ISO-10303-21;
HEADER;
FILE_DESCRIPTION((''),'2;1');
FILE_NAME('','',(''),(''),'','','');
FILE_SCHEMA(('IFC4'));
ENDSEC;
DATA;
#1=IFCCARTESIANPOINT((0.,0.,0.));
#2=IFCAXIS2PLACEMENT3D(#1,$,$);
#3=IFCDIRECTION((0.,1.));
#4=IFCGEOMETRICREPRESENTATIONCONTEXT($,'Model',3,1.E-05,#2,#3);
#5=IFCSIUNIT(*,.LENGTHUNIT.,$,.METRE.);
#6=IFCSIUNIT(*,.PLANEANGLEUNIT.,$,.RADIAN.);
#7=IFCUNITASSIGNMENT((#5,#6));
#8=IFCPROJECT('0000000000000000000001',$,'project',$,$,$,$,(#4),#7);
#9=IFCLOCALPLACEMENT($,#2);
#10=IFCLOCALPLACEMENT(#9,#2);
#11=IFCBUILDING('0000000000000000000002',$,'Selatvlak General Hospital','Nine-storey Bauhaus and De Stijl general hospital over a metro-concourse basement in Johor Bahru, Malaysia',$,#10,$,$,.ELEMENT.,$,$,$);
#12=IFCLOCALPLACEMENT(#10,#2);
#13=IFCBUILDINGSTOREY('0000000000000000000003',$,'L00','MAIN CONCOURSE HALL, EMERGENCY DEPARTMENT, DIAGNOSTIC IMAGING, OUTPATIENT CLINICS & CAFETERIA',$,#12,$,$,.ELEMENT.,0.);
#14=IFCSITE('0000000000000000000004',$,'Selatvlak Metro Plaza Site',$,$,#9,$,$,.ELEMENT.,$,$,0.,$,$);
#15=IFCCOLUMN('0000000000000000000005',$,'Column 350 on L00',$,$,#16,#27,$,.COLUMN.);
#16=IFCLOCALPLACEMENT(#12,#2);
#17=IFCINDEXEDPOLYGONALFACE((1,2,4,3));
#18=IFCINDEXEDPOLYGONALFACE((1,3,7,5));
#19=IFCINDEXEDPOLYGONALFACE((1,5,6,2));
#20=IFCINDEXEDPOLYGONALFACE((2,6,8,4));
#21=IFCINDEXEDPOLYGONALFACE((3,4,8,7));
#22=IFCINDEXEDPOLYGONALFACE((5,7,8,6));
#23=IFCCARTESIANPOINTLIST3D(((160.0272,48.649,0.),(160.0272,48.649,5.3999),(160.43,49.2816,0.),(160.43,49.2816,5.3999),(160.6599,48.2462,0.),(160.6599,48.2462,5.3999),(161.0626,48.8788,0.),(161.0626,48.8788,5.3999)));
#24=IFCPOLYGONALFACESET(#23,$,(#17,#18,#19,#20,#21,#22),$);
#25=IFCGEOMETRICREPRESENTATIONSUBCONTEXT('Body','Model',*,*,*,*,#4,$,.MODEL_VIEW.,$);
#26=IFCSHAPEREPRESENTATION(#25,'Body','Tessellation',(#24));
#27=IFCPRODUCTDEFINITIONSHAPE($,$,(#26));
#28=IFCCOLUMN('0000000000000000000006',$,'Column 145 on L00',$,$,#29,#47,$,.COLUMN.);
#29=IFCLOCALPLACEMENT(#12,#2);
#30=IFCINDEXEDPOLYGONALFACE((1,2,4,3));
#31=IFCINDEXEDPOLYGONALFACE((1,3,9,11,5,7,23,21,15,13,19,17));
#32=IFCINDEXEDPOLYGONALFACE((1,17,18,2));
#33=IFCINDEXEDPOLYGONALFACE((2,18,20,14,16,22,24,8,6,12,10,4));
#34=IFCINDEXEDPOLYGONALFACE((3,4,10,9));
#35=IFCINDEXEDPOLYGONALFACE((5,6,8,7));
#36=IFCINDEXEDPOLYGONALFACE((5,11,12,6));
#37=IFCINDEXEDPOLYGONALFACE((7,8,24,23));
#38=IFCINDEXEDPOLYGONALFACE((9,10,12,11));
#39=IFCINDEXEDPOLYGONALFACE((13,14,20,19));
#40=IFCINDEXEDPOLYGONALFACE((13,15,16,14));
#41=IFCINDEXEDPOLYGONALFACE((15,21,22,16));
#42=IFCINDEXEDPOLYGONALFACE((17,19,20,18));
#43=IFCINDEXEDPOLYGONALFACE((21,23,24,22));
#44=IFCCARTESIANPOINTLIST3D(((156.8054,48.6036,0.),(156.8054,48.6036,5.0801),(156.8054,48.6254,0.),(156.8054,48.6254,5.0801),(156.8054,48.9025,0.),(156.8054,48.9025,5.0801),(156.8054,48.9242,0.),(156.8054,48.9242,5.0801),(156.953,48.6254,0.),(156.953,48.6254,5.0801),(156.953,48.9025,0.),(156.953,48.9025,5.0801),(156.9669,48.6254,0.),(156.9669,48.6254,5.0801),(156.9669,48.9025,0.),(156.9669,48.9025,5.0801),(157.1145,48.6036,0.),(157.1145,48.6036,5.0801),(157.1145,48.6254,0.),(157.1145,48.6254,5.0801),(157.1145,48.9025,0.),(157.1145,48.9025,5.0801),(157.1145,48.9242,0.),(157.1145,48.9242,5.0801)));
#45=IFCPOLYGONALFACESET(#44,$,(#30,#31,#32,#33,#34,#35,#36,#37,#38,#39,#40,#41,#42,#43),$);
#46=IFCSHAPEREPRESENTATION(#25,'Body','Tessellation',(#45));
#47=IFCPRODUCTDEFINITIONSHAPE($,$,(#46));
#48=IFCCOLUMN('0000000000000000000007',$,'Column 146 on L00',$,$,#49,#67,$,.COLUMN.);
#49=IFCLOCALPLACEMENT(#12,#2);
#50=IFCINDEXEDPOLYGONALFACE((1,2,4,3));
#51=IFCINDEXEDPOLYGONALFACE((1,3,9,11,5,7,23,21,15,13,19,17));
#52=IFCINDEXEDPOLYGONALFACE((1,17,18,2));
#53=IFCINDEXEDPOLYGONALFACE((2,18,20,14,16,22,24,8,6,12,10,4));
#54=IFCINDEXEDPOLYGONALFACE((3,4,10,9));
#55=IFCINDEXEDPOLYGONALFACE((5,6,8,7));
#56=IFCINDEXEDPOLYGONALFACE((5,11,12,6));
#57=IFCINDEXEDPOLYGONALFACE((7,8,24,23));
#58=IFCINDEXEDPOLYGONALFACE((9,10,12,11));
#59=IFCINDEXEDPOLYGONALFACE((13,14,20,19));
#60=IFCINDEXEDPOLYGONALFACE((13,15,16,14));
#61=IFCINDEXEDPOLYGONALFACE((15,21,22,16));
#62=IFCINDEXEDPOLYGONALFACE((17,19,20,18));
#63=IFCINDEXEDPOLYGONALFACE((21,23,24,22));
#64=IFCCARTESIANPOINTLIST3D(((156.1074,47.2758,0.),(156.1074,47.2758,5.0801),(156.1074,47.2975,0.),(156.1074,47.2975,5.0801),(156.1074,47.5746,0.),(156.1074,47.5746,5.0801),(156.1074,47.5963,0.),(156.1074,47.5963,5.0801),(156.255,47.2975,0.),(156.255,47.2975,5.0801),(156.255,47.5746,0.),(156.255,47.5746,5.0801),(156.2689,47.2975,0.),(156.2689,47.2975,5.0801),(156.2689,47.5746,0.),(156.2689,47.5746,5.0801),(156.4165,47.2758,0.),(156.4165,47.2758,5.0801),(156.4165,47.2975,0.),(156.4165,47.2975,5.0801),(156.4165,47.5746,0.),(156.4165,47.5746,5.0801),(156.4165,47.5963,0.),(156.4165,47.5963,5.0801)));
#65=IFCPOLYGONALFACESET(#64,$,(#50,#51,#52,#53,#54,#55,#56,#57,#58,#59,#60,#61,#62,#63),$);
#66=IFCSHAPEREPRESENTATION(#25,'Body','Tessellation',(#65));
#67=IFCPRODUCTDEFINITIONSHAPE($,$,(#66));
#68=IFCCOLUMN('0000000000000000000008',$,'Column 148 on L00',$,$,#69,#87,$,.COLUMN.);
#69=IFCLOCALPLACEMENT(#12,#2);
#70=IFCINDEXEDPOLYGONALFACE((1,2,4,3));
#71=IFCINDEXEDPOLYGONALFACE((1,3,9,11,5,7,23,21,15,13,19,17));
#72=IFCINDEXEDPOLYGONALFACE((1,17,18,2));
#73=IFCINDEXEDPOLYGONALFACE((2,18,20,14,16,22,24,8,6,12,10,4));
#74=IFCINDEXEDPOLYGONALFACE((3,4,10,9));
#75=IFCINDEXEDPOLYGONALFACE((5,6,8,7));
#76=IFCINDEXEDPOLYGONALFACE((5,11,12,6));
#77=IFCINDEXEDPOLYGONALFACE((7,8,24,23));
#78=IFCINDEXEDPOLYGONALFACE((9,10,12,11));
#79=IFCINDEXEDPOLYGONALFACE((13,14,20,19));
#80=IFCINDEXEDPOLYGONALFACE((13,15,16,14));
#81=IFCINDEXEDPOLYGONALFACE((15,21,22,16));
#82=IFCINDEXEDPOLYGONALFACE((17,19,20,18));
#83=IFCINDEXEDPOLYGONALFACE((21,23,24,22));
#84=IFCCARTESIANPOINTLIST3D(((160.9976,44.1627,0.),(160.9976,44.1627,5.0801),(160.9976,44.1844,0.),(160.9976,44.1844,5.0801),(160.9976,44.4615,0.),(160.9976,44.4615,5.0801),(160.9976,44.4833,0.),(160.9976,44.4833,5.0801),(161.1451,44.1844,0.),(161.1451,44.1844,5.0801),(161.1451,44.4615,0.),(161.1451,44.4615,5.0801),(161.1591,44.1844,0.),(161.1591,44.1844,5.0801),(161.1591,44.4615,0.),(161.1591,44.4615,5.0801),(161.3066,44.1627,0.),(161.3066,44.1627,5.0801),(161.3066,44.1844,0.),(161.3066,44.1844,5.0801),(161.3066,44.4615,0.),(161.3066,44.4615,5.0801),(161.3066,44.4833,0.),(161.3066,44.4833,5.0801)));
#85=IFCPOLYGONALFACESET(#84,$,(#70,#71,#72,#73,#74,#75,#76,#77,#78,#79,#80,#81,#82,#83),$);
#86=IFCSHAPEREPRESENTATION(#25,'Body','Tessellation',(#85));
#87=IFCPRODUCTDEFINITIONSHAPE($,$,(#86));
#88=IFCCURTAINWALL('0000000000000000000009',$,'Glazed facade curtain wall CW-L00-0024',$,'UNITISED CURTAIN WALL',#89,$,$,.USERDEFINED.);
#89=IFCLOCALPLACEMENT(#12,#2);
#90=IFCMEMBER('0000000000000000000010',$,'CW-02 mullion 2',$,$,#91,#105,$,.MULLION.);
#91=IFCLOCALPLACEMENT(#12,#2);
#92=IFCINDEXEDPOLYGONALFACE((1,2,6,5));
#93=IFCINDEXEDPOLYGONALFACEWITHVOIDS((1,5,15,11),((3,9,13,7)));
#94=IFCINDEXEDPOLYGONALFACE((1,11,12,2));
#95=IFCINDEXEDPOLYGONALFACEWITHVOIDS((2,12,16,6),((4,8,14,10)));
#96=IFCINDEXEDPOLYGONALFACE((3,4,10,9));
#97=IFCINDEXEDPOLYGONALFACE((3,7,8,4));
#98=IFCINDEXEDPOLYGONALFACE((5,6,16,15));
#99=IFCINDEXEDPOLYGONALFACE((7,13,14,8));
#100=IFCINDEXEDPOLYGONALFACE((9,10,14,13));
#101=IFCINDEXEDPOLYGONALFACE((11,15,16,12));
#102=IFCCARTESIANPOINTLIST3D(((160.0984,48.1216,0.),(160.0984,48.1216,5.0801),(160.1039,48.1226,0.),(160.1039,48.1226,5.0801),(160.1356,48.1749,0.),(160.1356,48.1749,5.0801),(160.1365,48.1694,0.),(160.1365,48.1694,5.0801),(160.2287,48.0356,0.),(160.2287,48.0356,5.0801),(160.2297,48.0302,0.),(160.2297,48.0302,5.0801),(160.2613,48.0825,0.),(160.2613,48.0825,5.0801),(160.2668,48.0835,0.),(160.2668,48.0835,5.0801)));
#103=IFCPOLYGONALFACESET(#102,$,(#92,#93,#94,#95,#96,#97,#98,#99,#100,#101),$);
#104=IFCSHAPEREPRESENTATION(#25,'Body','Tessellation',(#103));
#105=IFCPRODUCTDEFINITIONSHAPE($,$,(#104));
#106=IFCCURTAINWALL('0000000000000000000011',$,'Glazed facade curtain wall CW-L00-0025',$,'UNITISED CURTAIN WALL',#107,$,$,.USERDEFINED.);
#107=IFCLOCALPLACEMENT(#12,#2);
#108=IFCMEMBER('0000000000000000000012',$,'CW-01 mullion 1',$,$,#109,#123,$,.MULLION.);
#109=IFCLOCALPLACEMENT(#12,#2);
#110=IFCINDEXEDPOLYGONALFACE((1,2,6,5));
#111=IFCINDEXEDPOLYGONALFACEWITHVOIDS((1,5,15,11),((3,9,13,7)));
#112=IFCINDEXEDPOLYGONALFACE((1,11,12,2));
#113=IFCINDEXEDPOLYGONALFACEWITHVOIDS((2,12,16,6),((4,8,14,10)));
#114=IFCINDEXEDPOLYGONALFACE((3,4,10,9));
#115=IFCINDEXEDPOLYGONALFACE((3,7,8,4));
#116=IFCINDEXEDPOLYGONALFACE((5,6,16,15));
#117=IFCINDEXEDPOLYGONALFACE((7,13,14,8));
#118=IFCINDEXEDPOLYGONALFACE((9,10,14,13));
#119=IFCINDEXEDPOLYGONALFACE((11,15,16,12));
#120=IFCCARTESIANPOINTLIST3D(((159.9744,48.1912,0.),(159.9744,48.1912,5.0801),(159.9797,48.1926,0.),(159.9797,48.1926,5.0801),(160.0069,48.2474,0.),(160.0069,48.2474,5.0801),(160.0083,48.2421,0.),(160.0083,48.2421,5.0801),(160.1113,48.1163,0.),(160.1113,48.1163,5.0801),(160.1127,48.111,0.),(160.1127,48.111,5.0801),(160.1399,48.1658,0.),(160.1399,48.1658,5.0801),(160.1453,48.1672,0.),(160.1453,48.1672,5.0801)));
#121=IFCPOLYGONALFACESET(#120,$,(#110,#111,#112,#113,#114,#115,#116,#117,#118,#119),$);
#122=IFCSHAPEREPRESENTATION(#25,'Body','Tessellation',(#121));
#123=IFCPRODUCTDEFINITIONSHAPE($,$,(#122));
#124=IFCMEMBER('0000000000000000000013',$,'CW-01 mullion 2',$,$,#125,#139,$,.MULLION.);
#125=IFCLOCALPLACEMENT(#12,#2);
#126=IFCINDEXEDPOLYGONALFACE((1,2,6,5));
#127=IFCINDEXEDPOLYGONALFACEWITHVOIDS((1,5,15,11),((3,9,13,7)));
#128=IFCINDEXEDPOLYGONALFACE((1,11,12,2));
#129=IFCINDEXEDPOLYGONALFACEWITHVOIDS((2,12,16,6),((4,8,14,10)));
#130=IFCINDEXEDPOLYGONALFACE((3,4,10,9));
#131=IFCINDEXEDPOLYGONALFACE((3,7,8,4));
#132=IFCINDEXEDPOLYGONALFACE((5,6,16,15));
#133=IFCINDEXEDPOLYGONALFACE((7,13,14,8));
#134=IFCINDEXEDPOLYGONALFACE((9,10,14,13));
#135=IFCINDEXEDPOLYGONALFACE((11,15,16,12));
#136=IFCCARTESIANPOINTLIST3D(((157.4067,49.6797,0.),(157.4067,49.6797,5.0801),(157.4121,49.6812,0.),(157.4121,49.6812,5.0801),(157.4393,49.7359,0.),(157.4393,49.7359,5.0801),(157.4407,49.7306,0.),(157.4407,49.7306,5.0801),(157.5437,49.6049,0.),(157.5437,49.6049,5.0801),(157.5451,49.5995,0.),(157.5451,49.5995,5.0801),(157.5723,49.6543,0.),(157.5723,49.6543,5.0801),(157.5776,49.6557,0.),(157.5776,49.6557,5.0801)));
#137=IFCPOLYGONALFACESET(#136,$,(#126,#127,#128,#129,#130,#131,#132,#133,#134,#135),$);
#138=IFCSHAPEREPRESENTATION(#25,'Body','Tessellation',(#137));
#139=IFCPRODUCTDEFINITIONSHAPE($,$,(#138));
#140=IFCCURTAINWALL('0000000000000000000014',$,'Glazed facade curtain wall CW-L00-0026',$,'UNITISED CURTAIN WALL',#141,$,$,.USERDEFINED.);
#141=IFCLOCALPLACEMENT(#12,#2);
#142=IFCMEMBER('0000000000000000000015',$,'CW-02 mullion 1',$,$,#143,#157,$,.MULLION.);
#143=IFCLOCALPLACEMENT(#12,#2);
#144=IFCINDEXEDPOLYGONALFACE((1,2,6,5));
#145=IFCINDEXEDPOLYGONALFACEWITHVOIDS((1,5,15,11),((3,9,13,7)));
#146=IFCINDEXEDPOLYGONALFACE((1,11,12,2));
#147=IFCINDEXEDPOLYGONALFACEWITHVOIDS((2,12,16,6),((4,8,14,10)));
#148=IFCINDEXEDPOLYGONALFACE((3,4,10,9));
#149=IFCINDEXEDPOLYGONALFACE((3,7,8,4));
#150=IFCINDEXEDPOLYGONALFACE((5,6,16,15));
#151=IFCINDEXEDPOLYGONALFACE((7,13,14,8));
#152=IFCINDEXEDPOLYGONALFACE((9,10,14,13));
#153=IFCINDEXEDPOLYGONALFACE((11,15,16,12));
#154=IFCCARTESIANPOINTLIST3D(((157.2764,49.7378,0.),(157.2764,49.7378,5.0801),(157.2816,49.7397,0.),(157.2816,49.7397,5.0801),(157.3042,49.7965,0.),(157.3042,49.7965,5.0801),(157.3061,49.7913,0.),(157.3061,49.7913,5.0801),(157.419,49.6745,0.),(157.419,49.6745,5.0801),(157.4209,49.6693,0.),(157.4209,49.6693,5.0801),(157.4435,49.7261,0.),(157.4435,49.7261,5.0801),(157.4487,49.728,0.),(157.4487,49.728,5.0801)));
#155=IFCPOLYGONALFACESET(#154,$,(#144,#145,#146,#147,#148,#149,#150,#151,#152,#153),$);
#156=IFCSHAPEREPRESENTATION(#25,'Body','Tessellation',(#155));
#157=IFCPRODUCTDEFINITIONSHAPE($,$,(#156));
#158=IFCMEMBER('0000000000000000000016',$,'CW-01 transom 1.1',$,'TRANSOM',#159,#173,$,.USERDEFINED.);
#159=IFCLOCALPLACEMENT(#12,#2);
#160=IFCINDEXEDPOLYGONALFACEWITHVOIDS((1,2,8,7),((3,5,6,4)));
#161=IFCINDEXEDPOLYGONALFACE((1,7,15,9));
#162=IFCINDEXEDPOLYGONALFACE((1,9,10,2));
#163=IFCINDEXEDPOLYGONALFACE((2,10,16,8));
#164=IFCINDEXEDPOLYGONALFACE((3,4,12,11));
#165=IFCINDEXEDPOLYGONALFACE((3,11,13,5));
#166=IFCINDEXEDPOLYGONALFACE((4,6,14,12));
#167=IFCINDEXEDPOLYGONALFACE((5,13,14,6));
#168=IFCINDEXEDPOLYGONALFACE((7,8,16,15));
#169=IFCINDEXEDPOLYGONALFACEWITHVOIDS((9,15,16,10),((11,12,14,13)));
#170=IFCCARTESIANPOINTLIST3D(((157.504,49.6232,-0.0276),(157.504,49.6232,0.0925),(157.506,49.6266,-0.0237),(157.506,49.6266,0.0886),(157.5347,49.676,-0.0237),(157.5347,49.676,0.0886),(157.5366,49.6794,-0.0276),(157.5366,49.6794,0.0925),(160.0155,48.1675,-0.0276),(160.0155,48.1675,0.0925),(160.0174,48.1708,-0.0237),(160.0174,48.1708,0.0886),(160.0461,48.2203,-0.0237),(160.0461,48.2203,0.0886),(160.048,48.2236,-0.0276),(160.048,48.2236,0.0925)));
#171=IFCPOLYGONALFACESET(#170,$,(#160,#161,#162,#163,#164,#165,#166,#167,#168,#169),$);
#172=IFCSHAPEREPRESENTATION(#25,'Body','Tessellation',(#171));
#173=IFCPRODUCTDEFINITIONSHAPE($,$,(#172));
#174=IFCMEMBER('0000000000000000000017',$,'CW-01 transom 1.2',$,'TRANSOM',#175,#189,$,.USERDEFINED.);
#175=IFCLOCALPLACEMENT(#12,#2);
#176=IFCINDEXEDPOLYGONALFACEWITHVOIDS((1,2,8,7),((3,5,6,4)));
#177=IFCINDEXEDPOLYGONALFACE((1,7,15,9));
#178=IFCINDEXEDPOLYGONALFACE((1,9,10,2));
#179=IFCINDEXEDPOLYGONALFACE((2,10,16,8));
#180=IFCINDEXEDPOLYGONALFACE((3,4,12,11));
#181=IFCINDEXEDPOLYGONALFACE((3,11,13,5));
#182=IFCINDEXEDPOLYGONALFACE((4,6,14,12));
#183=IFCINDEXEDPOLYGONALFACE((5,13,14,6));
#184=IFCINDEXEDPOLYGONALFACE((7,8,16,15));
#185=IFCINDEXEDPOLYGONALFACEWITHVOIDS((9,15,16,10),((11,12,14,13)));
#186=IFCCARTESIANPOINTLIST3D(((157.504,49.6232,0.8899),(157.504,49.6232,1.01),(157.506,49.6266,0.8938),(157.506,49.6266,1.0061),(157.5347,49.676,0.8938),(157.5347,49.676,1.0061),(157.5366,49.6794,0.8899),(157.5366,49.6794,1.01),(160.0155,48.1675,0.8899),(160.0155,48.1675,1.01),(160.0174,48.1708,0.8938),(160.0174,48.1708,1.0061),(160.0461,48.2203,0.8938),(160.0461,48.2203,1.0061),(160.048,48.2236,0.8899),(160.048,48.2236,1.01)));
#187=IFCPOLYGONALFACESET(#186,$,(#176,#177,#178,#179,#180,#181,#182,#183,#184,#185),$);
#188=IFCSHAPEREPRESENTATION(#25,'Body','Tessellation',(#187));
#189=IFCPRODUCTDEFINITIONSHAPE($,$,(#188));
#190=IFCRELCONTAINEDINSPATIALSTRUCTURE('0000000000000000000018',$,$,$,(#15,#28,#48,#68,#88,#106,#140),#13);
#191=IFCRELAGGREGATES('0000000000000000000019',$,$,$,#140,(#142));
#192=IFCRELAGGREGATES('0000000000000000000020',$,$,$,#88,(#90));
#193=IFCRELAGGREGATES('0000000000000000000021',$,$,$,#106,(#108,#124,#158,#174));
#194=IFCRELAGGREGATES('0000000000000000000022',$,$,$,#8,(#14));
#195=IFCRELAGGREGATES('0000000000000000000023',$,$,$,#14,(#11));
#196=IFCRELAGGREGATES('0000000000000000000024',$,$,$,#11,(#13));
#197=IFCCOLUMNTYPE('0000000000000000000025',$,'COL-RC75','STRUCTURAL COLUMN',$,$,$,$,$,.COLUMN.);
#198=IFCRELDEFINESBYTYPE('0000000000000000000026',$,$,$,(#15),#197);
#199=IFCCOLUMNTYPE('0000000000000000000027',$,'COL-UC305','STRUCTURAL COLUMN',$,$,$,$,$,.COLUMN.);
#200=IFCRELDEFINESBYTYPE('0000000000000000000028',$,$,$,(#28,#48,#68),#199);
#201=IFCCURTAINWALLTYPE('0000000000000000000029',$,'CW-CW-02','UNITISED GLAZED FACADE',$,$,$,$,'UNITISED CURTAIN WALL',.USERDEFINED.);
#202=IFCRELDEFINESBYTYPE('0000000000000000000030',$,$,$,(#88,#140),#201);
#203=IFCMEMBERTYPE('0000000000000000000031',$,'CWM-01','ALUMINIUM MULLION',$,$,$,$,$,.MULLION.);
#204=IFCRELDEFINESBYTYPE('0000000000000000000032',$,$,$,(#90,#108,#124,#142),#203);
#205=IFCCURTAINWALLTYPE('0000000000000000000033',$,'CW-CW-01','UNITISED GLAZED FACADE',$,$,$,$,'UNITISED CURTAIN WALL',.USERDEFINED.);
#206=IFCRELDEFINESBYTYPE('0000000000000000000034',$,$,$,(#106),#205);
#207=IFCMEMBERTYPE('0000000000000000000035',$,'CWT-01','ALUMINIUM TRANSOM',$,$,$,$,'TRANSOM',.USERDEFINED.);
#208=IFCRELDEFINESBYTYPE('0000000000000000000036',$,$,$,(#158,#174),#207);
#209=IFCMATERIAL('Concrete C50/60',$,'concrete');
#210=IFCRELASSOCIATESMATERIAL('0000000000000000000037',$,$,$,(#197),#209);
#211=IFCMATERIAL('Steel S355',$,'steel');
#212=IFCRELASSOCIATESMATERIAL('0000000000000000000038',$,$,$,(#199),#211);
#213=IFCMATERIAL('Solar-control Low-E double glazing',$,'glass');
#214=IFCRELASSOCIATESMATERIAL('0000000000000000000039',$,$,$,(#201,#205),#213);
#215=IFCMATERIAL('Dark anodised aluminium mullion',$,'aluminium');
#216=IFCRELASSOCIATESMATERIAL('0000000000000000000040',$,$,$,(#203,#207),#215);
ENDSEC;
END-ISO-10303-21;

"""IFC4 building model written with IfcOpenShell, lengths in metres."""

from ifc_helpers import new_model, si_unit, direction, frame, origin, origin_2d, place, context, subcontext, project, spatial, rectangle, hollow_rectangle, i_section, extrude, material, material_profile, profile_set, type_object, element, aggregate, save


model = new_model("IFC4")

# Units and contexts
model_context = context("Model", 3, precision=1e-05, world=origin(), true_north=direction((0.0, 1.0)))
body_context = subcontext(model_context, "Body", "Model", "MODEL_VIEW")
ifc_project = project(units=[si_unit("LENGTHUNIT", "METRE"), si_unit("PLANEANGLEUNIT", "RADIAN")], contexts=[model_context])

# Site, building, storey
site_placement = place(None, origin())
site = spatial("IfcSite", under=ifc_project, at=site_placement, Name="Selatvlak Metro Plaza Site", CompositionType="ELEMENT", RefElevation=0.0)
building_placement = place(site_placement, origin())
building = spatial("IfcBuilding", under=site, at=building_placement, Name="Selatvlak General Hospital", Description="Nine-storey Bauhaus and De Stijl general hospital over a metro-concourse basement in Johor Bahru, Malaysia", CompositionType="ELEMENT")
storey_placement = place(building_placement, origin())
storey = spatial("IfcBuildingStorey", under=building, at=storey_placement, Name="L00", Description="MAIN CONCOURSE HALL, EMERGENCY DEPARTMENT, DIAGNOSTIC IMAGING, OUTPATIENT CLINICS & CAFETERIA", CompositionType="ELEMENT", Elevation=0.0)

# Columns
ifc_material_1 = material(Name="Concrete C50/60", Category="concrete")
ifc_material_profile_1 = material_profile(ifc_material_1, rectangle(XDim=0.75, YDim=0.75, at=origin_2d()), Name="RC-COL 750x750")
ifc_profile_set_1 = profile_set([ifc_material_profile_1], Name="Concrete C50/60")
column_type_1 = type_object("IfcColumnType", Name="COL-RC75", Description="STRUCTURAL COLUMN", PredefinedType="COLUMN", material=ifc_profile_set_1)
column_placement = place(storey_placement, frame((160.5449, 48.7639, 0.0), z_axis=(0.0, 0.0, 1.0), x_axis=(0.537064, 0.843541, 0.0)))
element("IfcColumn", 1, at=column_placement, inside=storey, type_object=column_type_1, Name="Column 350 on L00", PredefinedType="COLUMN", context=body_context, shape_type="SweptSolid", body=[
    extrude(rectangle(XDim=0.75, YDim=0.75, at=origin_2d()), origin(), (0.0, 0.0, 1.0), 5.3999),
])
ifc_material_2 = material(Name="Steel S355", Category="steel")
ifc_material_profile_2 = material_profile(ifc_material_2, i_section(OverallWidth=0.3091, OverallDepth=0.3206, WebThickness=0.0139, FlangeThickness=0.0217, at=origin_2d()), Name="UC 305x305x137")
ifc_profile_set_2 = profile_set([ifc_material_profile_2], Name="Steel S355")
column_type_2 = type_object("IfcColumnType", Name="COL-UC305", Description="STRUCTURAL COLUMN", PredefinedType="COLUMN", material=ifc_profile_set_2)
for number, where, z_axis, x_axis, name in (
    (2, (156.96, 48.7639, 0.0), (0.0, 0.0, 1.0), (1.0, 0.0, 0.0), "Column 145 on L00"),
    (3, (156.262, 47.436, 0.0), (0.0, 0.0, 1.0), (1.0, 0.0, 0.0), "Column 146 on L00"),
    (4, (161.1521, 44.323, 0.0), (0.0, 0.0, 1.0), (1.0, 0.0, 0.0), "Column 148 on L00"),
):
    element("IfcColumn", number, at=place(storey_placement, frame(where, z_axis=z_axis, x_axis=x_axis)), inside=storey, type_object=column_type_2, Name=name, PredefinedType="COLUMN", context=body_context, shape_type="SweptSolid", body=[
        extrude(i_section(OverallWidth=0.3091, OverallDepth=0.3206, WebThickness=0.0139, FlangeThickness=0.0217, at=origin_2d()), origin(), (0.0, 0.0, 1.0), 5.0801),
    ])

# Curtain wall, member
ifc_material_3 = material(Name="Solar-control Low-E double glazing", Category="glass")
curtain_wall_type_1 = type_object("IfcCurtainWallType", Name="CW-CW-02", Description="UNITISED GLAZED FACADE", ElementType="UNITISED CURTAIN WALL", PredefinedType="USERDEFINED", material=ifc_material_3)
curtain_wall_1_placement = place(storey_placement, origin())
curtain_wall_1 = element("IfcCurtainWall", 5, at=curtain_wall_1_placement, inside=storey, type_object=curtain_wall_type_1, Name="Glazed facade curtain wall CW-L00-0024", ObjectType="UNITISED CURTAIN WALL", PredefinedType="USERDEFINED")
ifc_material_4 = material(Name="Dark anodised aluminium mullion", Category="aluminium")
ifc_material_profile_3 = material_profile(ifc_material_4, hollow_rectangle(XDim=0.0649, YDim=0.1599, WallThickness=0.0039, at=origin_2d()), Name="AL-MUL 65x160x4")
ifc_profile_set_3 = profile_set([ifc_material_profile_3], Name="Dark anodised aluminium mullion")
member_type_1 = type_object("IfcMemberType", Name="CWM-01", Description="ALUMINIUM MULLION", PredefinedType="MULLION", material=ifc_profile_set_3)
member_1_placement = place(storey_placement, frame((160.1826, 48.1025, 0.0), z_axis=(0.0, 0.0, 1.0), x_axis=(-0.571435, -0.820647, 0.0)))
member_1 = element("IfcMember", 6, at=member_1_placement, type_object=member_type_1, Name="CW-02 mullion 2", PredefinedType="MULLION", context=body_context, shape_type="SweptSolid", body=[
    extrude(hollow_rectangle(XDim=0.0649, YDim=0.1599, WallThickness=0.0039, at=origin_2d()), origin(), (0.0, 0.0, 1.0), 5.0801),
])

# Curtain wall, members
curtain_wall_type_2 = type_object("IfcCurtainWallType", Name="CW-CW-01", Description="UNITISED GLAZED FACADE", ElementType="UNITISED CURTAIN WALL", PredefinedType="USERDEFINED", material=ifc_material_3)
curtain_wall_2_placement = place(storey_placement, origin())
curtain_wall_2 = element("IfcCurtainWall", 7, at=curtain_wall_2_placement, inside=storey, type_object=curtain_wall_type_2, Name="Glazed facade curtain wall CW-L00-0025", ObjectType="UNITISED CURTAIN WALL", PredefinedType="USERDEFINED")
member_2_placement = place(storey_placement, frame((160.0598, 48.1792, 0.0), z_axis=(0.0, 0.0, 1.0), x_axis=(-0.501491, -0.865163, 0.0)))
member_2 = element("IfcMember", 8, at=member_2_placement, type_object=member_type_1, Name="CW-01 mullion 1", PredefinedType="MULLION", context=body_context, shape_type="SweptSolid", body=[
    extrude(hollow_rectangle(XDim=0.0649, YDim=0.1599, WallThickness=0.0039, at=origin_2d()), origin(), (0.0, 0.0, 1.0), 5.0801),
])
member_3_placement = place(storey_placement, frame((157.4922, 49.6677, 0.0), z_axis=(0.0, 0.0, 1.0), x_axis=(-0.501491, -0.865163, 0.0)))
member_3 = element("IfcMember", 9, at=member_3_placement, type_object=member_type_1, Name="CW-01 mullion 2", PredefinedType="MULLION", context=body_context, shape_type="SweptSolid", body=[
    extrude(hollow_rectangle(XDim=0.0649, YDim=0.1599, WallThickness=0.0039, at=origin_2d()), origin(), (0.0, 0.0, 1.0), 5.0801),
])

# Curtain wall, member
curtain_wall_3_placement = place(storey_placement, origin())
curtain_wall_3 = element("IfcCurtainWall", 10, at=curtain_wall_3_placement, inside=storey, type_object=curtain_wall_type_1, Name="Glazed facade curtain wall CW-L00-0026", ObjectType="UNITISED CURTAIN WALL", PredefinedType="USERDEFINED")
member_4_placement = place(storey_placement, frame((157.3625, 49.7329, 0.0), z_axis=(0.0, 0.0, 1.0), x_axis=(-0.428526, -0.90353, 0.0)))
member_4 = element("IfcMember", 11, at=member_4_placement, type_object=member_type_1, Name="CW-02 mullion 1", PredefinedType="MULLION", context=body_context, shape_type="SweptSolid", body=[
    extrude(hollow_rectangle(XDim=0.0649, YDim=0.1599, WallThickness=0.0039, at=origin_2d()), origin(), (0.0, 0.0, 1.0), 5.0801),
])

# Members
ifc_material_profile_4 = material_profile(ifc_material_4, hollow_rectangle(XDim=0.0649, YDim=0.1201, WallThickness=0.0039, at=origin_2d()), Name="AL-TRN 65x120x4")
ifc_profile_set_4 = profile_set([ifc_material_profile_4], Name="Dark anodised aluminium mullion")
member_type_2 = type_object("IfcMemberType", Name="CWT-01", Description="ALUMINIUM TRANSOM", ElementType="TRANSOM", PredefinedType="USERDEFINED", material=ifc_profile_set_4)
member_5_placement = place(storey_placement, frame((160.0317, 48.1956, 0.0325), z_axis=(-0.865157, 0.5015, 0.0), x_axis=(-0.5015, -0.865157, 0.0)))
member_5 = element("IfcMember", 12, at=member_5_placement, type_object=member_type_2, Name="CW-01 transom 1.1", ObjectType="TRANSOM", PredefinedType="USERDEFINED", context=body_context, shape_type="SweptSolid", body=[
    extrude(hollow_rectangle(XDim=0.0649, YDim=0.1201, WallThickness=0.0039, at=origin_2d()), origin(), (0.0, 0.0, 1.0), 2.9028),
])
member_6_placement = place(storey_placement, frame((160.0317, 48.1956, 0.95), z_axis=(-0.865157, 0.5015, 0.0), x_axis=(-0.5015, -0.865157, 0.0)))
member_6 = element("IfcMember", 13, at=member_6_placement, type_object=member_type_2, Name="CW-01 transom 1.2", ObjectType="TRANSOM", PredefinedType="USERDEFINED", context=body_context, shape_type="SweptSolid", body=[
    extrude(hollow_rectangle(XDim=0.0649, YDim=0.1201, WallThickness=0.0039, at=origin_2d()), origin(), (0.0, 0.0, 1.0), 2.9028),
])
aggregate(curtain_wall_3, [member_4])

aggregate(curtain_wall_1, [member_1])
aggregate(curtain_wall_2, [member_2, member_3, member_5, member_6])

save(model, "model.ifc")
